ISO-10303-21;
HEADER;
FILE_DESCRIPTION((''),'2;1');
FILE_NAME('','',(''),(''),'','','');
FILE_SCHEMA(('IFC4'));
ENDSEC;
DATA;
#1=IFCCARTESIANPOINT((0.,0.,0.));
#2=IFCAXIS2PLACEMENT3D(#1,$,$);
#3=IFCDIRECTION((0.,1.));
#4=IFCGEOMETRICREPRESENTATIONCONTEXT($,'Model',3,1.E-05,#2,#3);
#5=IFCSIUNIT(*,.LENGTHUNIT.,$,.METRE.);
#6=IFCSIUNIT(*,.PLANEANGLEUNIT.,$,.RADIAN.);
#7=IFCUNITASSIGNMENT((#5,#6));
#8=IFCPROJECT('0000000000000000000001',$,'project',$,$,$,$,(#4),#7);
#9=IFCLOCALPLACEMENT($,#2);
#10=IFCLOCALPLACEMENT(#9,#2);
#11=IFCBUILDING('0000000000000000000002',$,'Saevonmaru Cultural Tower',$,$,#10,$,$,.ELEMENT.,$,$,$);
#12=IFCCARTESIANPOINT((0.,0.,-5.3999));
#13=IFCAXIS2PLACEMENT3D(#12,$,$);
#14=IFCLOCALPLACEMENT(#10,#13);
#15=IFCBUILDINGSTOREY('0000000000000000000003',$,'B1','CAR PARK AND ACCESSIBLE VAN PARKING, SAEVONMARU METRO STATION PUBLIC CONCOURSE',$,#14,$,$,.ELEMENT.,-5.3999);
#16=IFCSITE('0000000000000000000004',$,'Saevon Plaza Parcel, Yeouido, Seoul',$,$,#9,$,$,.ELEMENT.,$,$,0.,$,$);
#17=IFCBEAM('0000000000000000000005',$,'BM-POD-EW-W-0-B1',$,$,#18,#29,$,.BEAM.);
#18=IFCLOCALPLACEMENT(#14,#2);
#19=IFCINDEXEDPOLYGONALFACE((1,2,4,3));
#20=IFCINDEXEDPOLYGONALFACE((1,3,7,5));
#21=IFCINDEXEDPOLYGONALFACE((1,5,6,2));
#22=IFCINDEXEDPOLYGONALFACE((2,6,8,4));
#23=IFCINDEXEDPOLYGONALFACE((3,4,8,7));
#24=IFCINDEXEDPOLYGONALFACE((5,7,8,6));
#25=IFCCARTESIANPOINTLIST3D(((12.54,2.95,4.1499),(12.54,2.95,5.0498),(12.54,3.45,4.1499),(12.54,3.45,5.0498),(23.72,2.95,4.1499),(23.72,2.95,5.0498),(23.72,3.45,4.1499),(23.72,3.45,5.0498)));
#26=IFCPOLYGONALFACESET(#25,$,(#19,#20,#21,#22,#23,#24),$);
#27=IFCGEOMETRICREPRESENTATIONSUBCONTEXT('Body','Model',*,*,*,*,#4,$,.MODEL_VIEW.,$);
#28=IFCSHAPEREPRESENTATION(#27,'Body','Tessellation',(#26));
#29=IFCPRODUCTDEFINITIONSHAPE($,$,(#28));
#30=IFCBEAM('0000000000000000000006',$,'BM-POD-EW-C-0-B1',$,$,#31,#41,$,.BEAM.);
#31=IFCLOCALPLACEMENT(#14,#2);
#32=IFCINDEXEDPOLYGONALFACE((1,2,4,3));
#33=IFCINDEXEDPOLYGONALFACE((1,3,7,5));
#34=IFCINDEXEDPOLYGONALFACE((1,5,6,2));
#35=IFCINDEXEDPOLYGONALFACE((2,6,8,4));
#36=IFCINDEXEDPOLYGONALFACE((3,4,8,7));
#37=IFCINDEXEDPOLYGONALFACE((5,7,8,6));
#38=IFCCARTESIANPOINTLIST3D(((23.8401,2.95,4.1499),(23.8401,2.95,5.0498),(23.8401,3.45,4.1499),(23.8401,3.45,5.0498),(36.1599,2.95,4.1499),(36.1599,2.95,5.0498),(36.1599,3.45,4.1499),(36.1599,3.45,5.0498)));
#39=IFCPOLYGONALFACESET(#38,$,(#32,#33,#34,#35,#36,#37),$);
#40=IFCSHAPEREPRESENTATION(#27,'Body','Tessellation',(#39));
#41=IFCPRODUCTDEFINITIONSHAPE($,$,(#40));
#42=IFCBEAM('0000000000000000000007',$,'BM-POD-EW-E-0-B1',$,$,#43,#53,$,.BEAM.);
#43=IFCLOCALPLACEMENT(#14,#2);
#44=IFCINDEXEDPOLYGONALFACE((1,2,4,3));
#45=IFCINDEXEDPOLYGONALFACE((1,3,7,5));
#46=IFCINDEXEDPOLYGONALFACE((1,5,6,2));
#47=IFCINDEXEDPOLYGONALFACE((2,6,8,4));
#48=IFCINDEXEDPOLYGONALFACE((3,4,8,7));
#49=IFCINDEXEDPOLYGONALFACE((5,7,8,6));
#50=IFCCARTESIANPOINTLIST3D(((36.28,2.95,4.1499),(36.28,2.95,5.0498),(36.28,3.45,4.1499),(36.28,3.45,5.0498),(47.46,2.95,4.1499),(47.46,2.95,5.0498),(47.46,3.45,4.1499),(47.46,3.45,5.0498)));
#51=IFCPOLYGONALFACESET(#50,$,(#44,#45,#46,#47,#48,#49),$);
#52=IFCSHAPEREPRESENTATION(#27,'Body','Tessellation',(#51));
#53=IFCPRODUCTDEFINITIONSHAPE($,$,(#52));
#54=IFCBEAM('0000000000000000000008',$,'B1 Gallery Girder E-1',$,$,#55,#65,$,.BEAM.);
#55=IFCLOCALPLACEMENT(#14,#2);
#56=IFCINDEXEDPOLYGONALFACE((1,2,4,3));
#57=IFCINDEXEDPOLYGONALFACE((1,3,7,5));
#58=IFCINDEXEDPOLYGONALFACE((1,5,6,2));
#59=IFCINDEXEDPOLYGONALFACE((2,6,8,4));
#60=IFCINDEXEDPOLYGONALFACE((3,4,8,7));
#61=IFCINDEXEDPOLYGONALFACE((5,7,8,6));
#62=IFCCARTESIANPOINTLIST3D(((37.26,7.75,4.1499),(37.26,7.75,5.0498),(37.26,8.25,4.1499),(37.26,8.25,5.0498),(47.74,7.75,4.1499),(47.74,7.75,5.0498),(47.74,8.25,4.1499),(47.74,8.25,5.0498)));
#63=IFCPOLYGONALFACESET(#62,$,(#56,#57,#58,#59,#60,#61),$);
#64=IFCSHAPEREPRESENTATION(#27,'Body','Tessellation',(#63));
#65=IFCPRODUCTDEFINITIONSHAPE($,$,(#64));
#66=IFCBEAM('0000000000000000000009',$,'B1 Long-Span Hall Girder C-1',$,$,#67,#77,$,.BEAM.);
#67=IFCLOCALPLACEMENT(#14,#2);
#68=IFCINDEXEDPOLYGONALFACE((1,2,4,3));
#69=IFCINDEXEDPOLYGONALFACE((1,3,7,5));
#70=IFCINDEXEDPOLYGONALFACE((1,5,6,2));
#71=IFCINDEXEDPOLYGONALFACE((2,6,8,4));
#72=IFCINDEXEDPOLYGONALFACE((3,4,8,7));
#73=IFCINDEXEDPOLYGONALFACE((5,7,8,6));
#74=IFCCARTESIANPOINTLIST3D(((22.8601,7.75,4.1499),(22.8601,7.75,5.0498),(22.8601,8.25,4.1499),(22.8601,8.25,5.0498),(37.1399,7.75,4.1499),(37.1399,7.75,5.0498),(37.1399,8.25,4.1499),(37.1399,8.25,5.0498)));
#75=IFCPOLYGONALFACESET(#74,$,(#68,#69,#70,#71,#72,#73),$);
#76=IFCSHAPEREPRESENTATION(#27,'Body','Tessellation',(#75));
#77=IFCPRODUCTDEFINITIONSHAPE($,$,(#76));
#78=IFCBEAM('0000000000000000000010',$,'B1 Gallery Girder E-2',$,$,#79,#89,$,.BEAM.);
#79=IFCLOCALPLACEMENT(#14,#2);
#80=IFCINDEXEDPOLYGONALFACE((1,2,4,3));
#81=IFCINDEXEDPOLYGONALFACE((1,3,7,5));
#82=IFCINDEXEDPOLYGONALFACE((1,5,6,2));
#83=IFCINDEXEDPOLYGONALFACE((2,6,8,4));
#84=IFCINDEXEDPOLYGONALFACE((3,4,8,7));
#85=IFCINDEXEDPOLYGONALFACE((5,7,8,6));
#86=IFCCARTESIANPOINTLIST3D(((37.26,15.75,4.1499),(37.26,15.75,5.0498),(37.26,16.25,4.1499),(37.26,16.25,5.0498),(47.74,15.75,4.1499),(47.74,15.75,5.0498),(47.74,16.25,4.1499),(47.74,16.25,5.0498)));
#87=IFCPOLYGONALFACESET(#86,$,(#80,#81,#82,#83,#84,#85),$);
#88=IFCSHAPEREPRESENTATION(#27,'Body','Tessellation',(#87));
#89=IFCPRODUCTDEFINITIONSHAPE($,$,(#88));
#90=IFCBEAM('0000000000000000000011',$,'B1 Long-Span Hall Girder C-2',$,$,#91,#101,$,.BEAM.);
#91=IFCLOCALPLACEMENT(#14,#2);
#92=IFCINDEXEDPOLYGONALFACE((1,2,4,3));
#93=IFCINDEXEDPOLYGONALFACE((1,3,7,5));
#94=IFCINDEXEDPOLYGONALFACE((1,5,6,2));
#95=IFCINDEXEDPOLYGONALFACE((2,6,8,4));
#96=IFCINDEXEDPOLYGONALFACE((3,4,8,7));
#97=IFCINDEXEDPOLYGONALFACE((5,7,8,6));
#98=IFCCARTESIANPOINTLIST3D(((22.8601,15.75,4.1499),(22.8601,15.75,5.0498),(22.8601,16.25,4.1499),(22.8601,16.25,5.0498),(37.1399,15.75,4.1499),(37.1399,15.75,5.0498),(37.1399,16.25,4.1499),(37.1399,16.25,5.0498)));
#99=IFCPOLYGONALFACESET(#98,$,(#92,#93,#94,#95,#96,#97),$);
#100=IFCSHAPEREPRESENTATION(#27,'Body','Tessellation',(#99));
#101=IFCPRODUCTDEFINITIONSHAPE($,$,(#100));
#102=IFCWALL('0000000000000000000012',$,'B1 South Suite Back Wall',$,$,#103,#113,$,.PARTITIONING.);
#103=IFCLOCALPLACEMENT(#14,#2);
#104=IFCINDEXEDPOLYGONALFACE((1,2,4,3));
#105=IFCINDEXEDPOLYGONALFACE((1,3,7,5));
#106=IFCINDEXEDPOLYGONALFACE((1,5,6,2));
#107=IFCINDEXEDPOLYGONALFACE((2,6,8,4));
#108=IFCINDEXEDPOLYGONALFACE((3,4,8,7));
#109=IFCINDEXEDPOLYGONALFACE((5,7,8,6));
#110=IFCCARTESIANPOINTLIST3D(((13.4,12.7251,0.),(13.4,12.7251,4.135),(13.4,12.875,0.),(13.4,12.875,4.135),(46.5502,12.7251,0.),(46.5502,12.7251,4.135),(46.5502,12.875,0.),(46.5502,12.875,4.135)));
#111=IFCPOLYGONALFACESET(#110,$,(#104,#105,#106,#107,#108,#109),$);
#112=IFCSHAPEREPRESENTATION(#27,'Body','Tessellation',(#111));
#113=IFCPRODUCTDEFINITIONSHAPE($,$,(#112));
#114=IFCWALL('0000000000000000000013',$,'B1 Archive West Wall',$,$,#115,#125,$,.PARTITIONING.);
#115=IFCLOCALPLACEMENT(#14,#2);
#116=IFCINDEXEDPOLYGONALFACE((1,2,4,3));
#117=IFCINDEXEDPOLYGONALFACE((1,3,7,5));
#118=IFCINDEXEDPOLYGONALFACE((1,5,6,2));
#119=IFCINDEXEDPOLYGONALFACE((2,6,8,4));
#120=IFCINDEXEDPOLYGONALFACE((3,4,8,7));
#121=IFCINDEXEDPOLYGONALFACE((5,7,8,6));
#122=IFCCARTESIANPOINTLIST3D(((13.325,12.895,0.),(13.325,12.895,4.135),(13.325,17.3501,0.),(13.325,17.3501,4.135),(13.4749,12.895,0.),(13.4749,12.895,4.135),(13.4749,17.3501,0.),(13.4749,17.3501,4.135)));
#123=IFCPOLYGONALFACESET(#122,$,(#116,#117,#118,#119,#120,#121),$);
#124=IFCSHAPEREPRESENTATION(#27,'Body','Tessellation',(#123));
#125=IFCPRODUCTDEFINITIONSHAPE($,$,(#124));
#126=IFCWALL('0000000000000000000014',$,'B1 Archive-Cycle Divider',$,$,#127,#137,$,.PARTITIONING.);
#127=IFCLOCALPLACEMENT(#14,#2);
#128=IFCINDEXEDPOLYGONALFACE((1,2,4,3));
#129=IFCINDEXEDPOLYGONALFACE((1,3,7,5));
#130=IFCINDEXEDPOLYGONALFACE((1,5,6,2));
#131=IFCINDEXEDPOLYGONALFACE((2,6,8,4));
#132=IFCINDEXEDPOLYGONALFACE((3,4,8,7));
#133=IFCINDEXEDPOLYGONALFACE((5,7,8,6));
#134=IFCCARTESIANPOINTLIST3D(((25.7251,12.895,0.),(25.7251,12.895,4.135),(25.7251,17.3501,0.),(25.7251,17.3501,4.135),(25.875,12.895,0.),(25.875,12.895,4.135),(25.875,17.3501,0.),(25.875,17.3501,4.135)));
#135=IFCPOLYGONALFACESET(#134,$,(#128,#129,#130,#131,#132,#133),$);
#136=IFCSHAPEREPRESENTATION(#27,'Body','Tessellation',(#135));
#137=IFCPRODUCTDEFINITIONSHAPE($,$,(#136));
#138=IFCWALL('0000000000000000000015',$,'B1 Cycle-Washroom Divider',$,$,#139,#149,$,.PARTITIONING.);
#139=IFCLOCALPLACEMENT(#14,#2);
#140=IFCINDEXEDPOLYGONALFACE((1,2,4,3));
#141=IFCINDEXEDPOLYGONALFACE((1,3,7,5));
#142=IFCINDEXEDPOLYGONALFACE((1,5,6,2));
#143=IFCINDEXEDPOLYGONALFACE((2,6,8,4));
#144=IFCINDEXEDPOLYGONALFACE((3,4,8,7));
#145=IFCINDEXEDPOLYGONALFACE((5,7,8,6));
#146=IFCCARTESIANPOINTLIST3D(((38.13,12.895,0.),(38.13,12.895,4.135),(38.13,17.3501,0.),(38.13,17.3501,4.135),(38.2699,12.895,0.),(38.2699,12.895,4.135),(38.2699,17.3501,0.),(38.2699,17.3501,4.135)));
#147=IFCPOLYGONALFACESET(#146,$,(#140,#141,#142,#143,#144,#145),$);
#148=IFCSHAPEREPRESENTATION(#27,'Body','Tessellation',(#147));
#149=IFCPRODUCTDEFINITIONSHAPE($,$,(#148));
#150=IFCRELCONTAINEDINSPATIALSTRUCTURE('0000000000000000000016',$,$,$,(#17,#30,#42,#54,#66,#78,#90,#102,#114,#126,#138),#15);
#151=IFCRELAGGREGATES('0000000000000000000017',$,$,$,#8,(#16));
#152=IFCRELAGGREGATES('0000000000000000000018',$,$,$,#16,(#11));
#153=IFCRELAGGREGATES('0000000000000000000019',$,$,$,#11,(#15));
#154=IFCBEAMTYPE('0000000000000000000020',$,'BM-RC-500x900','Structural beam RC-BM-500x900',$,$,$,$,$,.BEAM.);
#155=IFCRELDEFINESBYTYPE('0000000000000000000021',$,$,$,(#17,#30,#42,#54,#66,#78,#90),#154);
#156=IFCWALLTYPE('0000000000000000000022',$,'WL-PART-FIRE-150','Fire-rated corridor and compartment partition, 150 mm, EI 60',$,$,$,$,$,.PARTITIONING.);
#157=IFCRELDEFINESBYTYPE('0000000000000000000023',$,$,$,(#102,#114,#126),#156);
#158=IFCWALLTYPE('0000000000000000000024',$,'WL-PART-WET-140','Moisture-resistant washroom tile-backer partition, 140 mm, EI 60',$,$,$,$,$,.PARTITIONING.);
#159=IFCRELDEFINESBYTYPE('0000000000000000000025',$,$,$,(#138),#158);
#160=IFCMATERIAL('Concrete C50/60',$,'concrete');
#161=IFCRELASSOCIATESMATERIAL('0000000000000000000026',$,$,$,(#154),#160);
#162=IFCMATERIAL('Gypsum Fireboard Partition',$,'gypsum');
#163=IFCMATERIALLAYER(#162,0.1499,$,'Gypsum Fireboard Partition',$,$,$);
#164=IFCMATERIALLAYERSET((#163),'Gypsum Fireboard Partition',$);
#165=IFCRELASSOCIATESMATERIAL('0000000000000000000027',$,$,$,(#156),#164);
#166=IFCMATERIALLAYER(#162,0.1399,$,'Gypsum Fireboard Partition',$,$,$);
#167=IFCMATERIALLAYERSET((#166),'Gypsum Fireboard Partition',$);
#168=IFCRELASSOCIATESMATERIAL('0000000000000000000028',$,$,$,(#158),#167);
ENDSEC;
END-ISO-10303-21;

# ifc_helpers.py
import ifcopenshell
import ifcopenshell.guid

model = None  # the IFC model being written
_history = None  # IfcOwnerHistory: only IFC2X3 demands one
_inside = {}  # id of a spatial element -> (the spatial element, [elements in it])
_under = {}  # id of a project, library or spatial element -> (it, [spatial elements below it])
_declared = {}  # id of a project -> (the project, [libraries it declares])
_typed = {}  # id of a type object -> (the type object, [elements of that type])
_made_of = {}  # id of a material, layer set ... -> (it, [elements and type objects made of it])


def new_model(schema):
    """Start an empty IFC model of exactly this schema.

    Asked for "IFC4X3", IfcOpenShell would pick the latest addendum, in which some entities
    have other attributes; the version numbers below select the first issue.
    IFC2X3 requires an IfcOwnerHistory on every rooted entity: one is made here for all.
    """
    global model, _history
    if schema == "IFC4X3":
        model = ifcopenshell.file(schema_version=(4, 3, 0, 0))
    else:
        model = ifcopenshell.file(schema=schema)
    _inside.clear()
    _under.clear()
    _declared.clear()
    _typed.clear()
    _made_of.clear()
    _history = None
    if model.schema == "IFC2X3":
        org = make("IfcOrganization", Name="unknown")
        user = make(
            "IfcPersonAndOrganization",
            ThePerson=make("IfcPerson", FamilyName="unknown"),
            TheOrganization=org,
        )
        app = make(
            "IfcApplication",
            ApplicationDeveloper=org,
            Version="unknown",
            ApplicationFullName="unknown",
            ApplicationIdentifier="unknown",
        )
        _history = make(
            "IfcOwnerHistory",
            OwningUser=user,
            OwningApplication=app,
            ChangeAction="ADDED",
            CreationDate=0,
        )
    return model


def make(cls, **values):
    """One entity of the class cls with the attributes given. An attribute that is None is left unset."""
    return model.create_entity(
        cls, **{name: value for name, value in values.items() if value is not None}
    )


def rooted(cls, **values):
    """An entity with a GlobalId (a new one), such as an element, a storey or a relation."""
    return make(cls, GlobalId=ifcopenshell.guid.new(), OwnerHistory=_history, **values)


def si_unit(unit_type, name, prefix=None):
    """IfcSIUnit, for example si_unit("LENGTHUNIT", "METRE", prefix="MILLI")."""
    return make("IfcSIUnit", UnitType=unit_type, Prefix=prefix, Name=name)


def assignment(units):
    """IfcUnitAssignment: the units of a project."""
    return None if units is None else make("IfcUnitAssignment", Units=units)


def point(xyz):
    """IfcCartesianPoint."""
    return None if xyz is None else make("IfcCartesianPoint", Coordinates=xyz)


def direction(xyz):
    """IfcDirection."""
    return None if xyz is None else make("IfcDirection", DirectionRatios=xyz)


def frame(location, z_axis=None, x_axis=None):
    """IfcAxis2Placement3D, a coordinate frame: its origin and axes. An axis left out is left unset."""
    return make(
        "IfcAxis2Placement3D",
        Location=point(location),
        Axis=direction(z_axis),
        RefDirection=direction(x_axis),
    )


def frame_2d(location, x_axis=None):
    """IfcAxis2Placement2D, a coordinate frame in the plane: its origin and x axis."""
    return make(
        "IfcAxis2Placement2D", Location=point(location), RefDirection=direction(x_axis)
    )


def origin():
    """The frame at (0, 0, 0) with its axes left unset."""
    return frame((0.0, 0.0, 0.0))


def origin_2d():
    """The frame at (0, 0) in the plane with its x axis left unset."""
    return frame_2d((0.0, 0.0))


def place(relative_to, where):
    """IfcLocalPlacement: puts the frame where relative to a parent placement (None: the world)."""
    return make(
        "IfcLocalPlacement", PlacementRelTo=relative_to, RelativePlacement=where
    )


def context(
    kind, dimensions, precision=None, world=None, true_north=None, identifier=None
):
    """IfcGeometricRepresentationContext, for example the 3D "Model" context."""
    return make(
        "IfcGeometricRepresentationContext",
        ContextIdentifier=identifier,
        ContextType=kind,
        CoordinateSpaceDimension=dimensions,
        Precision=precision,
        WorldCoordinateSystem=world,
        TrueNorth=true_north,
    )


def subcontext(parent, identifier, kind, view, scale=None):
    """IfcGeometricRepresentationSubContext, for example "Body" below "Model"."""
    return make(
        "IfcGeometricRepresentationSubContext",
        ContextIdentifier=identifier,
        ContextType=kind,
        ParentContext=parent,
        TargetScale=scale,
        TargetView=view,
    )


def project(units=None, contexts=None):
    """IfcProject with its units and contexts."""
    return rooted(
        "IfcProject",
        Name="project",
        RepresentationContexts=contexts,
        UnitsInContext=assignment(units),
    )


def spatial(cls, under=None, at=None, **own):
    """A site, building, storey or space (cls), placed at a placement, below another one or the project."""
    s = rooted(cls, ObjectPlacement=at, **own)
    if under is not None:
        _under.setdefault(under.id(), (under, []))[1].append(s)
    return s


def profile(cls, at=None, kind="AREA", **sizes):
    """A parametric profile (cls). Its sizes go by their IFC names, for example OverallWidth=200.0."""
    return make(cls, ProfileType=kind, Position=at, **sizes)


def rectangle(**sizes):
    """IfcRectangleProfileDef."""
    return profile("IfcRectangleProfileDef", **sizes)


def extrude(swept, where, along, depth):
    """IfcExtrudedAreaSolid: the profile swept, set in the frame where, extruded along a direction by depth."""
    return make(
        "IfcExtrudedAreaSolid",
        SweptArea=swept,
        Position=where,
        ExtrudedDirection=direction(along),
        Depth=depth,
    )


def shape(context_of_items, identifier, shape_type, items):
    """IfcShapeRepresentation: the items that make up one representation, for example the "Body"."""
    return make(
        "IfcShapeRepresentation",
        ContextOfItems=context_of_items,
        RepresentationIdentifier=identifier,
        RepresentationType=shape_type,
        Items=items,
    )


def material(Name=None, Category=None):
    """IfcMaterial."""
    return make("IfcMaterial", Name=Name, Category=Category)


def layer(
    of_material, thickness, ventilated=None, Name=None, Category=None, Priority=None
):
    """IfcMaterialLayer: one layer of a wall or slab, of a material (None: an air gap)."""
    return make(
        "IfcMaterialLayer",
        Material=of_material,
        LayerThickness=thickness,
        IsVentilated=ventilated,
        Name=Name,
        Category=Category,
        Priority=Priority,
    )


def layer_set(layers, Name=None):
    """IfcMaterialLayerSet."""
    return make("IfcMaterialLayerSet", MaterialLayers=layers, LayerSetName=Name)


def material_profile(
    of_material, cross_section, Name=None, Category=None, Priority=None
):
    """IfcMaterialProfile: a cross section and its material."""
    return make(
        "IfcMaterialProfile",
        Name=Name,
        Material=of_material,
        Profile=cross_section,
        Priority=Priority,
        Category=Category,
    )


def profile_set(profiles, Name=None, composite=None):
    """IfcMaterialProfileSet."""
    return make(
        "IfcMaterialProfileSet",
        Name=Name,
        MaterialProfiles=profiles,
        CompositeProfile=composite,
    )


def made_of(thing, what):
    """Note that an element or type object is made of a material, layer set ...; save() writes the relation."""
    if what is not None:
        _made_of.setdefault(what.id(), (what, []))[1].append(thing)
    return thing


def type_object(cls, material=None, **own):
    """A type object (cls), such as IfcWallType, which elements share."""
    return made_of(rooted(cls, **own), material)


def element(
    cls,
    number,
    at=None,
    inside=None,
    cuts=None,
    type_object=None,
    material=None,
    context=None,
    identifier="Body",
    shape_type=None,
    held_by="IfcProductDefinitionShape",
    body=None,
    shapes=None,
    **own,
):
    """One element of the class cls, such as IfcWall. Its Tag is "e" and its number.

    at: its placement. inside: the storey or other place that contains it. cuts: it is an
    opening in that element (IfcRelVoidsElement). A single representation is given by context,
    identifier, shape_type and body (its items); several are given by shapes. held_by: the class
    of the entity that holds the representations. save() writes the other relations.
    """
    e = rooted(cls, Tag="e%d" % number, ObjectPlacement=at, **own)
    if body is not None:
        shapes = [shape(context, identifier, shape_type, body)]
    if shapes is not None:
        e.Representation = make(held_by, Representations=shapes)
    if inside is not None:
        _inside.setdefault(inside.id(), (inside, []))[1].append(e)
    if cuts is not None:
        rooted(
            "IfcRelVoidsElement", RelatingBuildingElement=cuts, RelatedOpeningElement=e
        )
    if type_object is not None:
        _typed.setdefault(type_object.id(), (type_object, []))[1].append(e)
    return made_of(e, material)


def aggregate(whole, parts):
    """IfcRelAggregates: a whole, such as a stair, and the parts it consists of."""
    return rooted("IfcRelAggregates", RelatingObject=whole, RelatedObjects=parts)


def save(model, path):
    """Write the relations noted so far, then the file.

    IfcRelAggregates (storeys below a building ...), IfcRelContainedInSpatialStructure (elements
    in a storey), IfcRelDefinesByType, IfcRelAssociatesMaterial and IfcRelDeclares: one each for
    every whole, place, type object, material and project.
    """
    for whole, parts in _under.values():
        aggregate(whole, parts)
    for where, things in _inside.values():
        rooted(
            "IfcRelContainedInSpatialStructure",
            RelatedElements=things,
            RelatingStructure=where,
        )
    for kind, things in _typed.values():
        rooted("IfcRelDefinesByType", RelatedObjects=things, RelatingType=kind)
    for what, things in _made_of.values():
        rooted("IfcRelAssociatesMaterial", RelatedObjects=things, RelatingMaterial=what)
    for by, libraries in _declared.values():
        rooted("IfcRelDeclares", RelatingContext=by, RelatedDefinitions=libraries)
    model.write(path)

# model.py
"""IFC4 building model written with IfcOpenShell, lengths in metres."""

from ifc_helpers import new_model, si_unit, direction, frame, frame_2d, origin, origin_2d, place, context, subcontext, project, spatial, rectangle, extrude, material, layer, layer_set, material_profile, profile_set, type_object, element, save


model = new_model("IFC4")

# Units and contexts
model_context = context("Model", 3, precision=1e-05, world=origin(), true_north=direction((0.0, 1.0)))
body_context = subcontext(model_context, "Body", "Model", "MODEL_VIEW")
ifc_project = project(units=[si_unit("LENGTHUNIT", "METRE"), si_unit("PLANEANGLEUNIT", "RADIAN")], contexts=[model_context])

# Site, building, storey
site_placement = place(None, origin())
site = spatial("IfcSite", under=ifc_project, at=site_placement, Name="Saevon Plaza Parcel, Yeouido, Seoul", CompositionType="ELEMENT", RefElevation=0.0)
building_placement = place(site_placement, origin())
building = spatial("IfcBuilding", under=site, at=building_placement, Name="Saevonmaru Cultural Tower", CompositionType="ELEMENT")
storey_placement = place(building_placement, frame((0.0, 0.0, -5.3999)))
storey = spatial("IfcBuildingStorey", under=building, at=storey_placement, Name="B1", Description="CAR PARK AND ACCESSIBLE VAN PARKING, SAEVONMARU METRO STATION PUBLIC CONCOURSE", CompositionType="ELEMENT", Elevation=-5.3999)

# Beams
ifc_material_1 = material(Name="Concrete C50/60", Category="concrete")
ifc_material_profile_1 = material_profile(ifc_material_1, rectangle(XDim=0.5, YDim=0.8999, at=origin_2d()), Name="RC-BM-500x900")
ifc_profile_set_1 = profile_set([ifc_material_profile_1], Name="Concrete C50/60")
beam_type_1 = type_object("IfcBeamType", Name="BM-RC-500x900", Description="Structural beam RC-BM-500x900", PredefinedType="BEAM", material=ifc_profile_set_1)
beam_1_placement = place(storey_placement, frame((12.54, 3.2, 4.5999), z_axis=(1.0, 0.0, 0.0), x_axis=(0.0, 1.0, 0.0)))
element("IfcBeam", 1, at=beam_1_placement, inside=storey, type_object=beam_type_1, Name="BM-POD-EW-W-0-B1", PredefinedType="BEAM", context=body_context, shape_type="SweptSolid", body=[
    extrude(rectangle(XDim=0.5, YDim=0.8999, at=origin_2d()), origin(), (0.0, 0.0, 1.0), 11.1799),
])
beam_2_placement = place(storey_placement, frame((23.8401, 3.2, 4.5999), z_axis=(1.0, 0.0, 0.0), x_axis=(0.0, 1.0, 0.0)))
element("IfcBeam", 2, at=beam_2_placement, inside=storey, type_object=beam_type_1, Name="BM-POD-EW-C-0-B1", PredefinedType="BEAM", context=body_context, shape_type="SweptSolid", body=[
    extrude(rectangle(XDim=0.5, YDim=0.8999, at=origin_2d()), origin(), (0.0, 0.0, 1.0), 12.3198),
])
beam_3_placement = place(storey_placement, frame((36.28, 3.2, 4.5999), z_axis=(1.0, 0.0, 0.0), x_axis=(0.0, 1.0, 0.0)))
element("IfcBeam", 3, at=beam_3_placement, inside=storey, type_object=beam_type_1, Name="BM-POD-EW-E-0-B1", PredefinedType="BEAM", context=body_context, shape_type="SweptSolid", body=[
    extrude(rectangle(XDim=0.5, YDim=0.8999, at=origin_2d()), origin(), (0.0, 0.0, 1.0), 11.1799),
])
beam_4_placement = place(storey_placement, frame((37.26, 8.0, 4.5999), z_axis=(1.0, 0.0, 0.0), x_axis=(0.0, 1.0, 0.0)))
element("IfcBeam", 4, at=beam_4_placement, inside=storey, type_object=beam_type_1, Name="B1 Gallery Girder E-1", PredefinedType="BEAM", context=body_context, shape_type="SweptSolid", body=[
    extrude(rectangle(XDim=0.5, YDim=0.8999, at=origin_2d()), origin(), (0.0, 0.0, 1.0), 10.48),
])
beam_5_placement = place(storey_placement, frame((22.8601, 8.0, 4.5999), z_axis=(1.0, 0.0, 0.0), x_axis=(0.0, 1.0, 0.0)))
element("IfcBeam", 5, at=beam_5_placement, inside=storey, type_object=beam_type_1, Name="B1 Long-Span Hall Girder C-1", PredefinedType="BEAM", context=body_context, shape_type="SweptSolid", body=[
    extrude(rectangle(XDim=0.5, YDim=0.8999, at=origin_2d()), origin(), (0.0, 0.0, 1.0), 14.2798),
])
beam_6_placement = place(storey_placement, frame((37.26, 16.0, 4.5999), z_axis=(1.0, 0.0, 0.0), x_axis=(0.0, 1.0, 0.0)))
element("IfcBeam", 6, at=beam_6_placement, inside=storey, type_object=beam_type_1, Name="B1 Gallery Girder E-2", PredefinedType="BEAM", context=body_context, shape_type="SweptSolid", body=[
    extrude(rectangle(XDim=0.5, YDim=0.8999, at=origin_2d()), origin(), (0.0, 0.0, 1.0), 10.48),
])
beam_7_placement = place(storey_placement, frame((22.8601, 16.0, 4.5999), z_axis=(1.0, 0.0, 0.0), x_axis=(0.0, 1.0, 0.0)))
element("IfcBeam", 7, at=beam_7_placement, inside=storey, type_object=beam_type_1, Name="B1 Long-Span Hall Girder C-2", PredefinedType="BEAM", context=body_context, shape_type="SweptSolid", body=[
    extrude(rectangle(XDim=0.5, YDim=0.8999, at=origin_2d()), origin(), (0.0, 0.0, 1.0), 14.2798),
])

# Walls
ifc_material_2 = material(Name="Gypsum Fireboard Partition", Category="gypsum")
ifc_layer_1 = layer(ifc_material_2, 0.1499, Name="Gypsum Fireboard Partition")
ifc_layer_set_1 = layer_set([ifc_layer_1], Name="Gypsum Fireboard Partition")
wall_type_1 = type_object("IfcWallType", Name="WL-PART-FIRE-150", Description="Fire-rated corridor and compartment partition, 150 mm, EI 60", PredefinedType="PARTITIONING", material=ifc_layer_set_1)
wall_1_placement = place(storey_placement, frame((13.3999, 12.8, 0.0), z_axis=(0.0, 0.0, 1.0), x_axis=(1.0, 0.0, 0.0)))
element("IfcWall", 8, at=wall_1_placement, inside=storey, type_object=wall_type_1, Name="B1 South Suite Back Wall", PredefinedType="PARTITIONING", context=body_context, shape_type="SweptSolid", body=[
    extrude(rectangle(XDim=33.1501, YDim=0.1499, at=frame_2d((16.5752, 0.0))), origin(), (0.0, 0.0, 1.0), 4.135),
])
for number, where, z_axis, x_axis, name in (
    (9, (13.3999, 12.895, 0.0), (0.0, 0.0, 1.0), (0.0, 1.0, 0.0), "B1 Archive West Wall"),
    (10, (25.8, 12.895, 0.0), (0.0, 0.0, 1.0), (0.0, 1.0, 0.0), "B1 Archive-Cycle Divider"),
):
    element("IfcWall", number, at=place(storey_placement, frame(where, z_axis=z_axis, x_axis=x_axis)), inside=storey, type_object=wall_type_1, Name=name, PredefinedType="PARTITIONING", context=body_context, shape_type="SweptSolid", body=[
        extrude(rectangle(XDim=4.4551, YDim=0.1499, at=frame_2d((2.2275, 0.0))), origin(), (0.0, 0.0, 1.0), 4.135),
    ])
ifc_layer_2 = layer(ifc_material_2, 0.1399, Name="Gypsum Fireboard Partition")
ifc_layer_set_2 = layer_set([ifc_layer_2], Name="Gypsum Fireboard Partition")
wall_type_2 = type_object("IfcWallType", Name="WL-PART-WET-140", Description="Moisture-resistant washroom tile-backer partition, 140 mm, EI 60", PredefinedType="PARTITIONING", material=ifc_layer_set_2)
wall_2_placement = place(storey_placement, frame((38.2, 12.895, 0.0), z_axis=(0.0, 0.0, 1.0), x_axis=(0.0, 1.0, 0.0)))
element("IfcWall", 11, at=wall_2_placement, inside=storey, type_object=wall_type_2, Name="B1 Cycle-Washroom Divider", PredefinedType="PARTITIONING", context=body_context, shape_type="SweptSolid", body=[
    extrude(rectangle(XDim=4.4551, YDim=0.1399, at=frame_2d((2.2275, 0.0))), origin(), (0.0, 0.0, 1.0), 4.135),
])

save(model, "model.ifc")
